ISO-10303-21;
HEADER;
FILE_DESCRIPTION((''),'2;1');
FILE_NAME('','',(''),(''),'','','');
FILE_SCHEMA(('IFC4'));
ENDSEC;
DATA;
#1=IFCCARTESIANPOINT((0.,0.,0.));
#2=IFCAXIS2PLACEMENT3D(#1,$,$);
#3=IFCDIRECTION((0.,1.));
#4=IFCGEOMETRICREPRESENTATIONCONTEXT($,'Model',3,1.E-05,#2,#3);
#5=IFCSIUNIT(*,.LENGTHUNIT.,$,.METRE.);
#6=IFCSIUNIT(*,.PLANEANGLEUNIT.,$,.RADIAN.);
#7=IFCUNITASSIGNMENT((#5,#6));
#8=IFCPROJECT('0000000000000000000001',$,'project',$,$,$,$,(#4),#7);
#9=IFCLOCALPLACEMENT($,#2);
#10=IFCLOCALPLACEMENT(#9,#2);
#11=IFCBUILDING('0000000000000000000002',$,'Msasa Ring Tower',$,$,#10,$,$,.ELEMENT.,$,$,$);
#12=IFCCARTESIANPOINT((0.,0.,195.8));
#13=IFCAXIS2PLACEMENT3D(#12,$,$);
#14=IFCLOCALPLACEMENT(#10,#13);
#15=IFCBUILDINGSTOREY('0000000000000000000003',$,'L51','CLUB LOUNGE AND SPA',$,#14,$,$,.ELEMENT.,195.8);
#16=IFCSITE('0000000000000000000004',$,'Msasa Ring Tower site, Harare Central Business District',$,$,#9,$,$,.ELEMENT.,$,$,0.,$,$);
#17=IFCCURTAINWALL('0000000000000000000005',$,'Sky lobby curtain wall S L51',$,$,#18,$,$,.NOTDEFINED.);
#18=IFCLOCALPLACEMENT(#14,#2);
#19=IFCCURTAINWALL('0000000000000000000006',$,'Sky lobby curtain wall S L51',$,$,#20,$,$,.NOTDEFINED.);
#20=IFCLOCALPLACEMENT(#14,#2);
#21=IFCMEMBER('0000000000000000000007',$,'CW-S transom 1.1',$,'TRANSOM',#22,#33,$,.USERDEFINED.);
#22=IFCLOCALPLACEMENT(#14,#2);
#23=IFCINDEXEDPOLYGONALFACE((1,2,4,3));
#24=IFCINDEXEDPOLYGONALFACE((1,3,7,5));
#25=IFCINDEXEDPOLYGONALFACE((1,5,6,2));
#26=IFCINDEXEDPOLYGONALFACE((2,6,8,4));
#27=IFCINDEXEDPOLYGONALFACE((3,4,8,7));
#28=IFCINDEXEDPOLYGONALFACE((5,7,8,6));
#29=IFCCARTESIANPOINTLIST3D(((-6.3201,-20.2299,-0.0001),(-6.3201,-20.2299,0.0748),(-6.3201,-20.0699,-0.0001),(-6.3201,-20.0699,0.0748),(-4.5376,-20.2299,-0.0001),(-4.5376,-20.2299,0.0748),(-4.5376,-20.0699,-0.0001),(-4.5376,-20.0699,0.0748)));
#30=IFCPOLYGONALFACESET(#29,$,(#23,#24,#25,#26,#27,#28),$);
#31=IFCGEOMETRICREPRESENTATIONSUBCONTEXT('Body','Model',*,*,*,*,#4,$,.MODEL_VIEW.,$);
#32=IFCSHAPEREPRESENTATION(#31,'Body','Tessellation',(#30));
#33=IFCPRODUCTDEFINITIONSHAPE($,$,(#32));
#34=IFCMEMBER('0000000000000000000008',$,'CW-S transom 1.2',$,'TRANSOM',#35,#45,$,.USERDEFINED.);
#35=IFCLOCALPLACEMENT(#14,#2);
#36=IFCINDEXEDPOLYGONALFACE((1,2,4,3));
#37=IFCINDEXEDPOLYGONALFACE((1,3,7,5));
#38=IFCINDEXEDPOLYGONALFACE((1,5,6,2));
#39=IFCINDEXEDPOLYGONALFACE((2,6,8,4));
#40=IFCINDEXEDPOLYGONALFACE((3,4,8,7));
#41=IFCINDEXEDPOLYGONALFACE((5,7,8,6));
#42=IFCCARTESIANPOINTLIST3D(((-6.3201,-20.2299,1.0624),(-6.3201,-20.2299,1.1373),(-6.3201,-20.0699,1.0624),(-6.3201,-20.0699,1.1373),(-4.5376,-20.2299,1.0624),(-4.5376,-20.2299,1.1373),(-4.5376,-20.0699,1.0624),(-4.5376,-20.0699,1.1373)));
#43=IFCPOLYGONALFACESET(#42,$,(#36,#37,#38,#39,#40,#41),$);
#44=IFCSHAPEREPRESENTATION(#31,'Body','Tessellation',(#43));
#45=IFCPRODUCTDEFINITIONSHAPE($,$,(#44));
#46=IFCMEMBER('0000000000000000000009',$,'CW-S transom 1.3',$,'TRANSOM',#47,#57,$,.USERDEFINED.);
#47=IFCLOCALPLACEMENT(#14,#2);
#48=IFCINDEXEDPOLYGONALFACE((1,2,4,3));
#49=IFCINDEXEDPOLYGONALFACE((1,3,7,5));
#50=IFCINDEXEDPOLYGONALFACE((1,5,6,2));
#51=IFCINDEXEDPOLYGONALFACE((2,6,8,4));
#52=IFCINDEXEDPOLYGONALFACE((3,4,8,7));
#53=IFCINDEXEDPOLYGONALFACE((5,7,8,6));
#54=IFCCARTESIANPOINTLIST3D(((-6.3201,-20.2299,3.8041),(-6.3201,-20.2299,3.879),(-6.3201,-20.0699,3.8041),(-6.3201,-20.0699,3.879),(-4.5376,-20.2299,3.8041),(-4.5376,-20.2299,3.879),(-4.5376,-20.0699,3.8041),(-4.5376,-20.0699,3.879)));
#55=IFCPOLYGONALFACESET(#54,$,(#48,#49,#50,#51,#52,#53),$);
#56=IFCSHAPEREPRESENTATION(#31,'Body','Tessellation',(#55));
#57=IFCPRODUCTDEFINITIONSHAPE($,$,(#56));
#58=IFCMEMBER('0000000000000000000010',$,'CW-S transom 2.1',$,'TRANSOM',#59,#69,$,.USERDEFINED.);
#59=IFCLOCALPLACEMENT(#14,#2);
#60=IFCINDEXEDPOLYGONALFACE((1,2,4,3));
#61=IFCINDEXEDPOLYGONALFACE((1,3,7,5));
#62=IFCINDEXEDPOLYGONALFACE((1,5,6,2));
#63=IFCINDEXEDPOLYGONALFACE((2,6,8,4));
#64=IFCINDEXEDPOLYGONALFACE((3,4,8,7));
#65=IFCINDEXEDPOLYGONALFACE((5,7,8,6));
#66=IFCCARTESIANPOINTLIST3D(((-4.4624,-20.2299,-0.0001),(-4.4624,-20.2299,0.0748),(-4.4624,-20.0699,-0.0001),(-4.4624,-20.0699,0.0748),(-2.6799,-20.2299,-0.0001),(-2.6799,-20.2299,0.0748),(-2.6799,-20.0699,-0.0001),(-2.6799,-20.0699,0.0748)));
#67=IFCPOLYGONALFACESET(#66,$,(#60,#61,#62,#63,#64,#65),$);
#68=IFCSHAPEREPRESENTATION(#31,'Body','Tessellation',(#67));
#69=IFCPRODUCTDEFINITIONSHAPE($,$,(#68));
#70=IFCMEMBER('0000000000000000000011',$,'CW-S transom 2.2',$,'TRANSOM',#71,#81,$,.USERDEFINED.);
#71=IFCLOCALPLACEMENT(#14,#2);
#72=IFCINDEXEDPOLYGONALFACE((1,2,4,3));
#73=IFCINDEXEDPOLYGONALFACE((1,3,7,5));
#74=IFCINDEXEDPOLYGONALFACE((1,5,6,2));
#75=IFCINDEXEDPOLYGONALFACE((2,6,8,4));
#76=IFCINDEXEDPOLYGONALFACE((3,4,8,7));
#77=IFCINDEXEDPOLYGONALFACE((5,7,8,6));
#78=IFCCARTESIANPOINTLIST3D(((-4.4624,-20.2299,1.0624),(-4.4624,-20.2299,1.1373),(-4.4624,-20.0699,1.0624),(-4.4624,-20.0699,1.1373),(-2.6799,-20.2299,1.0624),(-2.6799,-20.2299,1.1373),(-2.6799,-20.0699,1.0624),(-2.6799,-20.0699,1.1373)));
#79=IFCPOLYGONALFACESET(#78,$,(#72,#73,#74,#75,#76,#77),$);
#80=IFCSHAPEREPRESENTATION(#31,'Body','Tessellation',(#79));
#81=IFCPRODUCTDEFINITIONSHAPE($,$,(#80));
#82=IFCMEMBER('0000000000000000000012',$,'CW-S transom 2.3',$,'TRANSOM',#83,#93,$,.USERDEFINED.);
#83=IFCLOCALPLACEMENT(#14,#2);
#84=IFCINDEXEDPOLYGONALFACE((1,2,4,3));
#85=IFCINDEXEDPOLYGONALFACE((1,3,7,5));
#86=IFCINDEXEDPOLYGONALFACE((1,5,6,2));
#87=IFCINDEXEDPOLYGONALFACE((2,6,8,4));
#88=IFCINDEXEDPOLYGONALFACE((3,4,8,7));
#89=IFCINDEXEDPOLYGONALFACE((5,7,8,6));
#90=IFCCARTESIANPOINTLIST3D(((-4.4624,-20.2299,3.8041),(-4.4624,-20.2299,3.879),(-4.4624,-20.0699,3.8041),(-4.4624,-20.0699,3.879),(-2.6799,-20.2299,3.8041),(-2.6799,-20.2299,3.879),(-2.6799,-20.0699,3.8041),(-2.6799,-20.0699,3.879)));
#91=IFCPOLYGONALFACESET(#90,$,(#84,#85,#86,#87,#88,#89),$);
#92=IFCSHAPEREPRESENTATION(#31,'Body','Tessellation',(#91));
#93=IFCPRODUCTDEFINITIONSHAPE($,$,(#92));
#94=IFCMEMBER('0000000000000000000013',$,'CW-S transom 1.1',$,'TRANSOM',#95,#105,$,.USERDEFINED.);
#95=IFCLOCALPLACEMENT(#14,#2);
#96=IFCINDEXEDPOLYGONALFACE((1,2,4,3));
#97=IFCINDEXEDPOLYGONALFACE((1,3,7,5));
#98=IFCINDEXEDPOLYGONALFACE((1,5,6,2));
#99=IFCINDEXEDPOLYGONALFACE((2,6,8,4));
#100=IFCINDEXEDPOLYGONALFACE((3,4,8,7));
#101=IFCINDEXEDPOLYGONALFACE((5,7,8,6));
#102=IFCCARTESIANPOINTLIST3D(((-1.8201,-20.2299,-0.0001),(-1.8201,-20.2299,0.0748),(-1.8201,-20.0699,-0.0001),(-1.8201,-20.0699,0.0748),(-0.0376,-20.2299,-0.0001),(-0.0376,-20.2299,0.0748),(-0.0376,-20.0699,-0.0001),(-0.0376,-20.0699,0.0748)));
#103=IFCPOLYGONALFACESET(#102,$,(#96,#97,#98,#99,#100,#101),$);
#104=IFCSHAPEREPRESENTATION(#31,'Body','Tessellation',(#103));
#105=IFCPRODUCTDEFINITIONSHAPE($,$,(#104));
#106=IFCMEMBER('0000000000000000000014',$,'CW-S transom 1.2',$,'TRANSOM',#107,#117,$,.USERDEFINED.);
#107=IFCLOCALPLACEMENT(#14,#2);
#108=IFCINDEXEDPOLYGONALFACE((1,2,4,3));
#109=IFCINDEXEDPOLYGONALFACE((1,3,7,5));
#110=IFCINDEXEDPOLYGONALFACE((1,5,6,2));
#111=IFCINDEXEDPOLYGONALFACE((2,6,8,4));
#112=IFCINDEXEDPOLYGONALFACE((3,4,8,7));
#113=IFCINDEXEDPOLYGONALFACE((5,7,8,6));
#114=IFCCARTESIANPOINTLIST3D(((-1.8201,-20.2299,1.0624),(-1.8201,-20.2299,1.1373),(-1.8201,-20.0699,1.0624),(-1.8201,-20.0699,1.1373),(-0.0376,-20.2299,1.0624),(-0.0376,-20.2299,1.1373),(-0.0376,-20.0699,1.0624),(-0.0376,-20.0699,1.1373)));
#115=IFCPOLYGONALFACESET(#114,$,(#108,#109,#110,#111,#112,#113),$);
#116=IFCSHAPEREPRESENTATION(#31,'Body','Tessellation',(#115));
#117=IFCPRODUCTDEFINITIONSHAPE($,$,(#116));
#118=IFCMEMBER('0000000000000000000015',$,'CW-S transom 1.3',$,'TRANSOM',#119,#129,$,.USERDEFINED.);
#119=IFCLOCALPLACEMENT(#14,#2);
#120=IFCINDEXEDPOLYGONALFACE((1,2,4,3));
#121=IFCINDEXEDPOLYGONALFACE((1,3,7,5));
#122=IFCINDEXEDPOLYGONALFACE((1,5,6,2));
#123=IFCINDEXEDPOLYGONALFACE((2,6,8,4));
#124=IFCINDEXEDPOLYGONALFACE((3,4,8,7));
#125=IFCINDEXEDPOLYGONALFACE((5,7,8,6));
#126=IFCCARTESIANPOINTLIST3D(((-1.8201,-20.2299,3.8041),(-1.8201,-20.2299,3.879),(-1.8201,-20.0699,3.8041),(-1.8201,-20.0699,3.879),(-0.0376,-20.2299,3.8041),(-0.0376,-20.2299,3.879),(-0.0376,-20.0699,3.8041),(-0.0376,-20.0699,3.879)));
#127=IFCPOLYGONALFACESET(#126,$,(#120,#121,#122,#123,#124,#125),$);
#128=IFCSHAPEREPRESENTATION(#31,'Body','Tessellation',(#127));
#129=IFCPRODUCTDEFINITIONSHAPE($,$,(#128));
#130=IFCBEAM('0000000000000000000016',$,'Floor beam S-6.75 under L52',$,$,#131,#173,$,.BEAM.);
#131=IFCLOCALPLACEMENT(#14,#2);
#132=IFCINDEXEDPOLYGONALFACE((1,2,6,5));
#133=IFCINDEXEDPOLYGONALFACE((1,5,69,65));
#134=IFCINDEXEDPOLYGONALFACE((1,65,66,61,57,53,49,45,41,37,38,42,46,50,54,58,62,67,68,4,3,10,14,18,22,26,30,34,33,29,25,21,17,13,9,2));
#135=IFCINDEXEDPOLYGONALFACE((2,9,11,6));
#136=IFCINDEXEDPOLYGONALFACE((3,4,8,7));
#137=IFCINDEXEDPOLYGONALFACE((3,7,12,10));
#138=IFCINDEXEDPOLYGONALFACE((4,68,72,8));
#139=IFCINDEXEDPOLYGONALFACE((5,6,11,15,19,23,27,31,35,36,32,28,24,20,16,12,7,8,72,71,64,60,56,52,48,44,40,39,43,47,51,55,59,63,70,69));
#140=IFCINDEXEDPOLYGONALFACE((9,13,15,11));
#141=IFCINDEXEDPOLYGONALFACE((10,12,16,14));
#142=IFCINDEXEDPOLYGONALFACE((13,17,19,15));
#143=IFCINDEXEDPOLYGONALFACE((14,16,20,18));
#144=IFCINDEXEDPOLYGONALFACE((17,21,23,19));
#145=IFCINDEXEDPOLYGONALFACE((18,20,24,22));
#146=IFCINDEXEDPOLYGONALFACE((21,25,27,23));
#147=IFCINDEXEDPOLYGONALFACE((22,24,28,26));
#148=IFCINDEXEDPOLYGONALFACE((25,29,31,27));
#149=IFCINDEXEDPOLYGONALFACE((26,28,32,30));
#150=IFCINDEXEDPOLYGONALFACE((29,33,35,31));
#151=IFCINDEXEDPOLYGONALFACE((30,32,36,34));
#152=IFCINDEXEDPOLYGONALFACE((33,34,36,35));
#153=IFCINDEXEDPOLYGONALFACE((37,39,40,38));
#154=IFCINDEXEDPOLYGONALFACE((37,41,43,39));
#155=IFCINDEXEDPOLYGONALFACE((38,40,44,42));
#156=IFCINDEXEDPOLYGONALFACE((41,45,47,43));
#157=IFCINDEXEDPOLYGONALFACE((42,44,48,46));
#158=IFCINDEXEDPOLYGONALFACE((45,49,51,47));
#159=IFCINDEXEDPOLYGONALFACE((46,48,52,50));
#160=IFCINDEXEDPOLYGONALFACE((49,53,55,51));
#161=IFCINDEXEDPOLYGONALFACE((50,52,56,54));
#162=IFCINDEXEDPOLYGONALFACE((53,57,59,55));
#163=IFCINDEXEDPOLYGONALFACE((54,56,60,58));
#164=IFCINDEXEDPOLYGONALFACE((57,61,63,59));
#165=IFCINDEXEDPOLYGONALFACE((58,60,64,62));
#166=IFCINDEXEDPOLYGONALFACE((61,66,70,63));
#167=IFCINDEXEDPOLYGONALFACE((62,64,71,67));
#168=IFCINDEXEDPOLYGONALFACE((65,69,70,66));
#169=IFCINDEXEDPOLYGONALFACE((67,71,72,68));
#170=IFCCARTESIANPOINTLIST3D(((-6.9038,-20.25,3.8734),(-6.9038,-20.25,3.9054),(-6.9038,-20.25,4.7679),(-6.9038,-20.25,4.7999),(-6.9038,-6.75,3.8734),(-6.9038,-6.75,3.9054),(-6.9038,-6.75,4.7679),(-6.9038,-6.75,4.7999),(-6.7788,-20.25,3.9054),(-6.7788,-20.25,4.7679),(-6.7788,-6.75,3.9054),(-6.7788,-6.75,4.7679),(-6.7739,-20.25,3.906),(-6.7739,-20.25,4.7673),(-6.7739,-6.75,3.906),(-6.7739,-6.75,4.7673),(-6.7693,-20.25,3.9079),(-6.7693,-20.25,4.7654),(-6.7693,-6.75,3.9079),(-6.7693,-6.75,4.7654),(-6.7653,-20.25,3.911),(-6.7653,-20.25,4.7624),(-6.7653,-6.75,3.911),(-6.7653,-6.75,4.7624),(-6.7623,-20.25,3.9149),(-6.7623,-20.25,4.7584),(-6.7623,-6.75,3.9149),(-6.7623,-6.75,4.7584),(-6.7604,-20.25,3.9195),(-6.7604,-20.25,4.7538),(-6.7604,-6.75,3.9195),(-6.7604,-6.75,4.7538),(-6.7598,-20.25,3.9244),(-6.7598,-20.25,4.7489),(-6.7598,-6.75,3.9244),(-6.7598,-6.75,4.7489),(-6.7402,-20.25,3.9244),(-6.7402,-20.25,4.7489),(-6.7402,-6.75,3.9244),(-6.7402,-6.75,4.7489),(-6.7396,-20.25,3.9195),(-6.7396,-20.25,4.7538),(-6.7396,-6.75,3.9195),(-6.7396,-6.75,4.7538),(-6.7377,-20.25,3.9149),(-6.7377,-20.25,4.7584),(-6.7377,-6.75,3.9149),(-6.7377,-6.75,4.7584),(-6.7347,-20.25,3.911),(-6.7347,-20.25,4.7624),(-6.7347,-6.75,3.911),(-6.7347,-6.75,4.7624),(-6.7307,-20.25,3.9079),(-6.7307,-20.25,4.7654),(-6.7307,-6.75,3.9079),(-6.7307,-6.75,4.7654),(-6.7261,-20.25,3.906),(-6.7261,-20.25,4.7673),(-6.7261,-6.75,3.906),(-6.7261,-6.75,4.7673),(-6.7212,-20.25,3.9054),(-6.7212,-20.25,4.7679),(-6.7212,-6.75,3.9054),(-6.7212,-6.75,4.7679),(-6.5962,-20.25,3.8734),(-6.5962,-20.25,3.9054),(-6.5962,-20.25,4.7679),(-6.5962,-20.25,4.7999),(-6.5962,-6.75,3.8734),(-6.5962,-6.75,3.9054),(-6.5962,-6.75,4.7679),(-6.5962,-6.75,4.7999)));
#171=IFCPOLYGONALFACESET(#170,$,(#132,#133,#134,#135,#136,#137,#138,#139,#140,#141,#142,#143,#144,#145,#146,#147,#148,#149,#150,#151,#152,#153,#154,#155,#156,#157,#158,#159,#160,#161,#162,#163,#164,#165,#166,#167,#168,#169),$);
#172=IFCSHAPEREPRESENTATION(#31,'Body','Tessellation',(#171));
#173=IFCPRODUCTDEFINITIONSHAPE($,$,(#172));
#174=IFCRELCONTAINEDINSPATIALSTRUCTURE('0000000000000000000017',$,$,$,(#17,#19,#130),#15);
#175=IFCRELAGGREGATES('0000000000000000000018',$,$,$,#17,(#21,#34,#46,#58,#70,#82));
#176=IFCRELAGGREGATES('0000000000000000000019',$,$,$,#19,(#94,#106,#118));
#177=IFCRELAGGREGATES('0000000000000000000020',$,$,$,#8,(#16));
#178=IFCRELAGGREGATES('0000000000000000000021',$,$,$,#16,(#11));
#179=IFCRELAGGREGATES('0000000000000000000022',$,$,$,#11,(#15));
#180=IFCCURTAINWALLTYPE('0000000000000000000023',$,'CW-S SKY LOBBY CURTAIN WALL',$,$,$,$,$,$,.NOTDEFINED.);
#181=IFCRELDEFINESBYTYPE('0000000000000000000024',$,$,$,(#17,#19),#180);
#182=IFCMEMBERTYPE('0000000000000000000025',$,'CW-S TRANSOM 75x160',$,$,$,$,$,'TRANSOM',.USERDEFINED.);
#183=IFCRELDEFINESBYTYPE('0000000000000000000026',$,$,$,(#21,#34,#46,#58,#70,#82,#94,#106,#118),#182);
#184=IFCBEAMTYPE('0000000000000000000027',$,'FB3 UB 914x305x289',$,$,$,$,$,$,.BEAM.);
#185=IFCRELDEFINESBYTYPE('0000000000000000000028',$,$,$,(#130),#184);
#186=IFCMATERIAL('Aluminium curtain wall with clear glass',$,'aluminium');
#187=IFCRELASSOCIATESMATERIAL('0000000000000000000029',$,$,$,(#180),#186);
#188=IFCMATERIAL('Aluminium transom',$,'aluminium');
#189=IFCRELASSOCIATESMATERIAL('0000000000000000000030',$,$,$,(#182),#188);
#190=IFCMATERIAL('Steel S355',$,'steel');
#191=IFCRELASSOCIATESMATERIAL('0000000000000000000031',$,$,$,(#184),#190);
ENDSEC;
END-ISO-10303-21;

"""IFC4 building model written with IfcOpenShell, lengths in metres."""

from ifc_helpers import new_model, si_unit, direction, frame, origin, origin_2d, place, context, subcontext, project, spatial, rectangle, i_section, extrude, material, material_profile, profile_set, type_object, element, aggregate, save


model = new_model("IFC4")

# Units and contexts
model_context = context("Model", 3, precision=1e-05, world=origin(), true_north=direction((0.0, 1.0)))
body_context = subcontext(model_context, "Body", "Model", "MODEL_VIEW")
ifc_project = project(units=[si_unit("LENGTHUNIT", "METRE"), si_unit("PLANEANGLEUNIT", "RADIAN")], contexts=[model_context])

# Site, building, storey
site_placement = place(None, origin())
site = spatial("IfcSite", under=ifc_project, at=site_placement, Name="Msasa Ring Tower site, Harare Central Business District", CompositionType="ELEMENT", RefElevation=0.0)
building_placement = place(site_placement, origin())
building = spatial("IfcBuilding", under=site, at=building_placement, Name="Msasa Ring Tower", CompositionType="ELEMENT")
storey_placement = place(building_placement, frame((0.0, 0.0, 195.8)))
storey = spatial("IfcBuildingStorey", under=building, at=storey_placement, Name="L51", Description="CLUB LOUNGE AND SPA", CompositionType="ELEMENT", Elevation=195.8)

# Curtain wall
ifc_material_1 = material(Name="Aluminium curtain wall with clear glass", Category="aluminium")
curtain_wall_type = type_object("IfcCurtainWallType", Name="CW-S SKY LOBBY CURTAIN WALL", PredefinedType="NOTDEFINED", material=ifc_material_1)
curtain_wall_1_placement = place(storey_placement, origin())
curtain_wall_1 = element("IfcCurtainWall", 1, at=curtain_wall_1_placement, inside=storey, type_object=curtain_wall_type, Name="Sky lobby curtain wall S L51", PredefinedType="NOTDEFINED")

# Curtain wall
curtain_wall_2_placement = place(storey_placement, origin())
curtain_wall_2 = element("IfcCurtainWall", 2, at=curtain_wall_2_placement, inside=storey, type_object=curtain_wall_type, Name="Sky lobby curtain wall S L51", PredefinedType="NOTDEFINED")

# Members
ifc_material_2 = material(Name="Aluminium transom", Category="aluminium")
ifc_material_profile_1 = material_profile(ifc_material_2, rectangle(XDim=0.1599, YDim=0.075, at=origin_2d()), Name="AL 75x160")
ifc_profile_set_1 = profile_set([ifc_material_profile_1], Name="Aluminium transom")
member_type_1 = type_object("IfcMemberType", Name="CW-S TRANSOM 75x160", ElementType="TRANSOM", PredefinedType="USERDEFINED", material=ifc_profile_set_1)
member_1_placement = place(storey_placement, frame((-6.3201, -20.1499, 0.0374), z_axis=(1.0, 0.0, 0.0), x_axis=(0.0, 1.0, 0.0)))
member_1 = element("IfcMember", 3, at=member_1_placement, type_object=member_type_1, Name="CW-S transom 1.1", ObjectType="TRANSOM", PredefinedType="USERDEFINED", context=body_context, shape_type="SweptSolid", body=[
    extrude(rectangle(XDim=0.1599, YDim=0.075, at=origin_2d()), origin(), (0.0, 0.0, 1.0), 1.7825),
])
member_2_placement = place(storey_placement, frame((-6.3201, -20.1499, 1.0999), z_axis=(1.0, 0.0, 0.0), x_axis=(0.0, 1.0, 0.0)))
member_2 = element("IfcMember", 4, at=member_2_placement, type_object=member_type_1, Name="CW-S transom 1.2", ObjectType="TRANSOM", PredefinedType="USERDEFINED", context=body_context, shape_type="SweptSolid", body=[
    extrude(rectangle(XDim=0.1599, YDim=0.075, at=origin_2d()), origin(), (0.0, 0.0, 1.0), 1.7825),
])
member_3_placement = place(storey_placement, frame((-6.3201, -20.1499, 3.8416), z_axis=(1.0, 0.0, 0.0), x_axis=(0.0, 1.0, 0.0)))
member_3 = element("IfcMember", 5, at=member_3_placement, type_object=member_type_1, Name="CW-S transom 1.3", ObjectType="TRANSOM", PredefinedType="USERDEFINED", context=body_context, shape_type="SweptSolid", body=[
    extrude(rectangle(XDim=0.1599, YDim=0.075, at=origin_2d()), origin(), (0.0, 0.0, 1.0), 1.7825),
])
member_4_placement = place(storey_placement, frame((-4.4624, -20.1499, 0.0374), z_axis=(1.0, 0.0, 0.0), x_axis=(0.0, 1.0, 0.0)))
member_4 = element("IfcMember", 6, at=member_4_placement, type_object=member_type_1, Name="CW-S transom 2.1", ObjectType="TRANSOM", PredefinedType="USERDEFINED", context=body_context, shape_type="SweptSolid", body=[
    extrude(rectangle(XDim=0.1599, YDim=0.075, at=origin_2d()), origin(), (0.0, 0.0, 1.0), 1.7825),
])
member_5_placement = place(storey_placement, frame((-4.4624, -20.1499, 1.0999), z_axis=(1.0, 0.0, 0.0), x_axis=(0.0, 1.0, 0.0)))
member_5 = element("IfcMember", 7, at=member_5_placement, type_object=member_type_1, Name="CW-S transom 2.2", ObjectType="TRANSOM", PredefinedType="USERDEFINED", context=body_context, shape_type="SweptSolid", body=[
    extrude(rectangle(XDim=0.1599, YDim=0.075, at=origin_2d()), origin(), (0.0, 0.0, 1.0), 1.7825),
])
member_6_placement = place(storey_placement, frame((-4.4624, -20.1499, 3.8416), z_axis=(1.0, 0.0, 0.0), x_axis=(0.0, 1.0, 0.0)))
member_6 = element("IfcMember", 8, at=member_6_placement, type_object=member_type_1, Name="CW-S transom 2.3", ObjectType="TRANSOM", PredefinedType="USERDEFINED", context=body_context, shape_type="SweptSolid", body=[
    extrude(rectangle(XDim=0.1599, YDim=0.075, at=origin_2d()), origin(), (0.0, 0.0, 1.0), 1.7825),
])
member_7_placement = place(storey_placement, frame((-1.8201, -20.1499, 0.0374), z_axis=(1.0, 0.0, 0.0), x_axis=(0.0, 1.0, 0.0)))
member_7 = element("IfcMember", 9, at=member_7_placement, type_object=member_type_1, Name="CW-S transom 1.1", ObjectType="TRANSOM", PredefinedType="USERDEFINED", context=body_context, shape_type="SweptSolid", body=[
    extrude(rectangle(XDim=0.1599, YDim=0.075, at=origin_2d()), origin(), (0.0, 0.0, 1.0), 1.7825),
])
member_8_placement = place(storey_placement, frame((-1.8201, -20.1499, 1.0999), z_axis=(1.0, 0.0, 0.0), x_axis=(0.0, 1.0, 0.0)))
member_8 = element("IfcMember", 10, at=member_8_placement, type_object=member_type_1, Name="CW-S transom 1.2", ObjectType="TRANSOM", PredefinedType="USERDEFINED", context=body_context, shape_type="SweptSolid", body=[
    extrude(rectangle(XDim=0.1599, YDim=0.075, at=origin_2d()), origin(), (0.0, 0.0, 1.0), 1.7825),
])
member_9_placement = place(storey_placement, frame((-1.8201, -20.1499, 3.8416), z_axis=(1.0, 0.0, 0.0), x_axis=(0.0, 1.0, 0.0)))
member_9 = element("IfcMember", 11, at=member_9_placement, type_object=member_type_1, Name="CW-S transom 1.3", ObjectType="TRANSOM", PredefinedType="USERDEFINED", context=body_context, shape_type="SweptSolid", body=[
    extrude(rectangle(XDim=0.1599, YDim=0.075, at=origin_2d()), origin(), (0.0, 0.0, 1.0), 1.7825),
])

# Beam
ifc_material_3 = material(Name="Steel S355", Category="steel")
ifc_material_profile_2 = material_profile(ifc_material_3, i_section(OverallWidth=0.3076, OverallDepth=0.9265, WebThickness=0.0195, FlangeThickness=0.032, FilletRadius=0.019, at=origin_2d()), Name="UB 914x305x289")
ifc_profile_set_2 = profile_set([ifc_material_profile_2], Name="Steel S355")
beam_type_1 = type_object("IfcBeamType", Name="FB3 UB 914x305x289", PredefinedType="BEAM", material=ifc_profile_set_2)
for number, where, z_axis, x_axis, name in (
    (12, (-6.75, -20.25, 4.3367), (0.0, 1.0, 0.0), (-1.0, 0.0, 0.0), "Floor beam S-6.75 under L52"),
):
    element("IfcBeam", number, at=place(storey_placement, frame(where, z_axis=z_axis, x_axis=x_axis)), inside=storey, type_object=beam_type_1, Name=name, PredefinedType="BEAM", context=body_context, shape_type="SweptSolid", body=[
        extrude(i_section(OverallWidth=0.3076, OverallDepth=0.9265, WebThickness=0.0195, FlangeThickness=0.032, FilletRadius=0.019, at=origin_2d()), origin(), (0.0, 0.0, 1.0), 13.5),
    ])

aggregate(curtain_wall_1, [member_1, member_2, member_3, member_4, member_5, member_6])
aggregate(curtain_wall_2, [member_7, member_8, member_9])

save(model, "model.ifc")
